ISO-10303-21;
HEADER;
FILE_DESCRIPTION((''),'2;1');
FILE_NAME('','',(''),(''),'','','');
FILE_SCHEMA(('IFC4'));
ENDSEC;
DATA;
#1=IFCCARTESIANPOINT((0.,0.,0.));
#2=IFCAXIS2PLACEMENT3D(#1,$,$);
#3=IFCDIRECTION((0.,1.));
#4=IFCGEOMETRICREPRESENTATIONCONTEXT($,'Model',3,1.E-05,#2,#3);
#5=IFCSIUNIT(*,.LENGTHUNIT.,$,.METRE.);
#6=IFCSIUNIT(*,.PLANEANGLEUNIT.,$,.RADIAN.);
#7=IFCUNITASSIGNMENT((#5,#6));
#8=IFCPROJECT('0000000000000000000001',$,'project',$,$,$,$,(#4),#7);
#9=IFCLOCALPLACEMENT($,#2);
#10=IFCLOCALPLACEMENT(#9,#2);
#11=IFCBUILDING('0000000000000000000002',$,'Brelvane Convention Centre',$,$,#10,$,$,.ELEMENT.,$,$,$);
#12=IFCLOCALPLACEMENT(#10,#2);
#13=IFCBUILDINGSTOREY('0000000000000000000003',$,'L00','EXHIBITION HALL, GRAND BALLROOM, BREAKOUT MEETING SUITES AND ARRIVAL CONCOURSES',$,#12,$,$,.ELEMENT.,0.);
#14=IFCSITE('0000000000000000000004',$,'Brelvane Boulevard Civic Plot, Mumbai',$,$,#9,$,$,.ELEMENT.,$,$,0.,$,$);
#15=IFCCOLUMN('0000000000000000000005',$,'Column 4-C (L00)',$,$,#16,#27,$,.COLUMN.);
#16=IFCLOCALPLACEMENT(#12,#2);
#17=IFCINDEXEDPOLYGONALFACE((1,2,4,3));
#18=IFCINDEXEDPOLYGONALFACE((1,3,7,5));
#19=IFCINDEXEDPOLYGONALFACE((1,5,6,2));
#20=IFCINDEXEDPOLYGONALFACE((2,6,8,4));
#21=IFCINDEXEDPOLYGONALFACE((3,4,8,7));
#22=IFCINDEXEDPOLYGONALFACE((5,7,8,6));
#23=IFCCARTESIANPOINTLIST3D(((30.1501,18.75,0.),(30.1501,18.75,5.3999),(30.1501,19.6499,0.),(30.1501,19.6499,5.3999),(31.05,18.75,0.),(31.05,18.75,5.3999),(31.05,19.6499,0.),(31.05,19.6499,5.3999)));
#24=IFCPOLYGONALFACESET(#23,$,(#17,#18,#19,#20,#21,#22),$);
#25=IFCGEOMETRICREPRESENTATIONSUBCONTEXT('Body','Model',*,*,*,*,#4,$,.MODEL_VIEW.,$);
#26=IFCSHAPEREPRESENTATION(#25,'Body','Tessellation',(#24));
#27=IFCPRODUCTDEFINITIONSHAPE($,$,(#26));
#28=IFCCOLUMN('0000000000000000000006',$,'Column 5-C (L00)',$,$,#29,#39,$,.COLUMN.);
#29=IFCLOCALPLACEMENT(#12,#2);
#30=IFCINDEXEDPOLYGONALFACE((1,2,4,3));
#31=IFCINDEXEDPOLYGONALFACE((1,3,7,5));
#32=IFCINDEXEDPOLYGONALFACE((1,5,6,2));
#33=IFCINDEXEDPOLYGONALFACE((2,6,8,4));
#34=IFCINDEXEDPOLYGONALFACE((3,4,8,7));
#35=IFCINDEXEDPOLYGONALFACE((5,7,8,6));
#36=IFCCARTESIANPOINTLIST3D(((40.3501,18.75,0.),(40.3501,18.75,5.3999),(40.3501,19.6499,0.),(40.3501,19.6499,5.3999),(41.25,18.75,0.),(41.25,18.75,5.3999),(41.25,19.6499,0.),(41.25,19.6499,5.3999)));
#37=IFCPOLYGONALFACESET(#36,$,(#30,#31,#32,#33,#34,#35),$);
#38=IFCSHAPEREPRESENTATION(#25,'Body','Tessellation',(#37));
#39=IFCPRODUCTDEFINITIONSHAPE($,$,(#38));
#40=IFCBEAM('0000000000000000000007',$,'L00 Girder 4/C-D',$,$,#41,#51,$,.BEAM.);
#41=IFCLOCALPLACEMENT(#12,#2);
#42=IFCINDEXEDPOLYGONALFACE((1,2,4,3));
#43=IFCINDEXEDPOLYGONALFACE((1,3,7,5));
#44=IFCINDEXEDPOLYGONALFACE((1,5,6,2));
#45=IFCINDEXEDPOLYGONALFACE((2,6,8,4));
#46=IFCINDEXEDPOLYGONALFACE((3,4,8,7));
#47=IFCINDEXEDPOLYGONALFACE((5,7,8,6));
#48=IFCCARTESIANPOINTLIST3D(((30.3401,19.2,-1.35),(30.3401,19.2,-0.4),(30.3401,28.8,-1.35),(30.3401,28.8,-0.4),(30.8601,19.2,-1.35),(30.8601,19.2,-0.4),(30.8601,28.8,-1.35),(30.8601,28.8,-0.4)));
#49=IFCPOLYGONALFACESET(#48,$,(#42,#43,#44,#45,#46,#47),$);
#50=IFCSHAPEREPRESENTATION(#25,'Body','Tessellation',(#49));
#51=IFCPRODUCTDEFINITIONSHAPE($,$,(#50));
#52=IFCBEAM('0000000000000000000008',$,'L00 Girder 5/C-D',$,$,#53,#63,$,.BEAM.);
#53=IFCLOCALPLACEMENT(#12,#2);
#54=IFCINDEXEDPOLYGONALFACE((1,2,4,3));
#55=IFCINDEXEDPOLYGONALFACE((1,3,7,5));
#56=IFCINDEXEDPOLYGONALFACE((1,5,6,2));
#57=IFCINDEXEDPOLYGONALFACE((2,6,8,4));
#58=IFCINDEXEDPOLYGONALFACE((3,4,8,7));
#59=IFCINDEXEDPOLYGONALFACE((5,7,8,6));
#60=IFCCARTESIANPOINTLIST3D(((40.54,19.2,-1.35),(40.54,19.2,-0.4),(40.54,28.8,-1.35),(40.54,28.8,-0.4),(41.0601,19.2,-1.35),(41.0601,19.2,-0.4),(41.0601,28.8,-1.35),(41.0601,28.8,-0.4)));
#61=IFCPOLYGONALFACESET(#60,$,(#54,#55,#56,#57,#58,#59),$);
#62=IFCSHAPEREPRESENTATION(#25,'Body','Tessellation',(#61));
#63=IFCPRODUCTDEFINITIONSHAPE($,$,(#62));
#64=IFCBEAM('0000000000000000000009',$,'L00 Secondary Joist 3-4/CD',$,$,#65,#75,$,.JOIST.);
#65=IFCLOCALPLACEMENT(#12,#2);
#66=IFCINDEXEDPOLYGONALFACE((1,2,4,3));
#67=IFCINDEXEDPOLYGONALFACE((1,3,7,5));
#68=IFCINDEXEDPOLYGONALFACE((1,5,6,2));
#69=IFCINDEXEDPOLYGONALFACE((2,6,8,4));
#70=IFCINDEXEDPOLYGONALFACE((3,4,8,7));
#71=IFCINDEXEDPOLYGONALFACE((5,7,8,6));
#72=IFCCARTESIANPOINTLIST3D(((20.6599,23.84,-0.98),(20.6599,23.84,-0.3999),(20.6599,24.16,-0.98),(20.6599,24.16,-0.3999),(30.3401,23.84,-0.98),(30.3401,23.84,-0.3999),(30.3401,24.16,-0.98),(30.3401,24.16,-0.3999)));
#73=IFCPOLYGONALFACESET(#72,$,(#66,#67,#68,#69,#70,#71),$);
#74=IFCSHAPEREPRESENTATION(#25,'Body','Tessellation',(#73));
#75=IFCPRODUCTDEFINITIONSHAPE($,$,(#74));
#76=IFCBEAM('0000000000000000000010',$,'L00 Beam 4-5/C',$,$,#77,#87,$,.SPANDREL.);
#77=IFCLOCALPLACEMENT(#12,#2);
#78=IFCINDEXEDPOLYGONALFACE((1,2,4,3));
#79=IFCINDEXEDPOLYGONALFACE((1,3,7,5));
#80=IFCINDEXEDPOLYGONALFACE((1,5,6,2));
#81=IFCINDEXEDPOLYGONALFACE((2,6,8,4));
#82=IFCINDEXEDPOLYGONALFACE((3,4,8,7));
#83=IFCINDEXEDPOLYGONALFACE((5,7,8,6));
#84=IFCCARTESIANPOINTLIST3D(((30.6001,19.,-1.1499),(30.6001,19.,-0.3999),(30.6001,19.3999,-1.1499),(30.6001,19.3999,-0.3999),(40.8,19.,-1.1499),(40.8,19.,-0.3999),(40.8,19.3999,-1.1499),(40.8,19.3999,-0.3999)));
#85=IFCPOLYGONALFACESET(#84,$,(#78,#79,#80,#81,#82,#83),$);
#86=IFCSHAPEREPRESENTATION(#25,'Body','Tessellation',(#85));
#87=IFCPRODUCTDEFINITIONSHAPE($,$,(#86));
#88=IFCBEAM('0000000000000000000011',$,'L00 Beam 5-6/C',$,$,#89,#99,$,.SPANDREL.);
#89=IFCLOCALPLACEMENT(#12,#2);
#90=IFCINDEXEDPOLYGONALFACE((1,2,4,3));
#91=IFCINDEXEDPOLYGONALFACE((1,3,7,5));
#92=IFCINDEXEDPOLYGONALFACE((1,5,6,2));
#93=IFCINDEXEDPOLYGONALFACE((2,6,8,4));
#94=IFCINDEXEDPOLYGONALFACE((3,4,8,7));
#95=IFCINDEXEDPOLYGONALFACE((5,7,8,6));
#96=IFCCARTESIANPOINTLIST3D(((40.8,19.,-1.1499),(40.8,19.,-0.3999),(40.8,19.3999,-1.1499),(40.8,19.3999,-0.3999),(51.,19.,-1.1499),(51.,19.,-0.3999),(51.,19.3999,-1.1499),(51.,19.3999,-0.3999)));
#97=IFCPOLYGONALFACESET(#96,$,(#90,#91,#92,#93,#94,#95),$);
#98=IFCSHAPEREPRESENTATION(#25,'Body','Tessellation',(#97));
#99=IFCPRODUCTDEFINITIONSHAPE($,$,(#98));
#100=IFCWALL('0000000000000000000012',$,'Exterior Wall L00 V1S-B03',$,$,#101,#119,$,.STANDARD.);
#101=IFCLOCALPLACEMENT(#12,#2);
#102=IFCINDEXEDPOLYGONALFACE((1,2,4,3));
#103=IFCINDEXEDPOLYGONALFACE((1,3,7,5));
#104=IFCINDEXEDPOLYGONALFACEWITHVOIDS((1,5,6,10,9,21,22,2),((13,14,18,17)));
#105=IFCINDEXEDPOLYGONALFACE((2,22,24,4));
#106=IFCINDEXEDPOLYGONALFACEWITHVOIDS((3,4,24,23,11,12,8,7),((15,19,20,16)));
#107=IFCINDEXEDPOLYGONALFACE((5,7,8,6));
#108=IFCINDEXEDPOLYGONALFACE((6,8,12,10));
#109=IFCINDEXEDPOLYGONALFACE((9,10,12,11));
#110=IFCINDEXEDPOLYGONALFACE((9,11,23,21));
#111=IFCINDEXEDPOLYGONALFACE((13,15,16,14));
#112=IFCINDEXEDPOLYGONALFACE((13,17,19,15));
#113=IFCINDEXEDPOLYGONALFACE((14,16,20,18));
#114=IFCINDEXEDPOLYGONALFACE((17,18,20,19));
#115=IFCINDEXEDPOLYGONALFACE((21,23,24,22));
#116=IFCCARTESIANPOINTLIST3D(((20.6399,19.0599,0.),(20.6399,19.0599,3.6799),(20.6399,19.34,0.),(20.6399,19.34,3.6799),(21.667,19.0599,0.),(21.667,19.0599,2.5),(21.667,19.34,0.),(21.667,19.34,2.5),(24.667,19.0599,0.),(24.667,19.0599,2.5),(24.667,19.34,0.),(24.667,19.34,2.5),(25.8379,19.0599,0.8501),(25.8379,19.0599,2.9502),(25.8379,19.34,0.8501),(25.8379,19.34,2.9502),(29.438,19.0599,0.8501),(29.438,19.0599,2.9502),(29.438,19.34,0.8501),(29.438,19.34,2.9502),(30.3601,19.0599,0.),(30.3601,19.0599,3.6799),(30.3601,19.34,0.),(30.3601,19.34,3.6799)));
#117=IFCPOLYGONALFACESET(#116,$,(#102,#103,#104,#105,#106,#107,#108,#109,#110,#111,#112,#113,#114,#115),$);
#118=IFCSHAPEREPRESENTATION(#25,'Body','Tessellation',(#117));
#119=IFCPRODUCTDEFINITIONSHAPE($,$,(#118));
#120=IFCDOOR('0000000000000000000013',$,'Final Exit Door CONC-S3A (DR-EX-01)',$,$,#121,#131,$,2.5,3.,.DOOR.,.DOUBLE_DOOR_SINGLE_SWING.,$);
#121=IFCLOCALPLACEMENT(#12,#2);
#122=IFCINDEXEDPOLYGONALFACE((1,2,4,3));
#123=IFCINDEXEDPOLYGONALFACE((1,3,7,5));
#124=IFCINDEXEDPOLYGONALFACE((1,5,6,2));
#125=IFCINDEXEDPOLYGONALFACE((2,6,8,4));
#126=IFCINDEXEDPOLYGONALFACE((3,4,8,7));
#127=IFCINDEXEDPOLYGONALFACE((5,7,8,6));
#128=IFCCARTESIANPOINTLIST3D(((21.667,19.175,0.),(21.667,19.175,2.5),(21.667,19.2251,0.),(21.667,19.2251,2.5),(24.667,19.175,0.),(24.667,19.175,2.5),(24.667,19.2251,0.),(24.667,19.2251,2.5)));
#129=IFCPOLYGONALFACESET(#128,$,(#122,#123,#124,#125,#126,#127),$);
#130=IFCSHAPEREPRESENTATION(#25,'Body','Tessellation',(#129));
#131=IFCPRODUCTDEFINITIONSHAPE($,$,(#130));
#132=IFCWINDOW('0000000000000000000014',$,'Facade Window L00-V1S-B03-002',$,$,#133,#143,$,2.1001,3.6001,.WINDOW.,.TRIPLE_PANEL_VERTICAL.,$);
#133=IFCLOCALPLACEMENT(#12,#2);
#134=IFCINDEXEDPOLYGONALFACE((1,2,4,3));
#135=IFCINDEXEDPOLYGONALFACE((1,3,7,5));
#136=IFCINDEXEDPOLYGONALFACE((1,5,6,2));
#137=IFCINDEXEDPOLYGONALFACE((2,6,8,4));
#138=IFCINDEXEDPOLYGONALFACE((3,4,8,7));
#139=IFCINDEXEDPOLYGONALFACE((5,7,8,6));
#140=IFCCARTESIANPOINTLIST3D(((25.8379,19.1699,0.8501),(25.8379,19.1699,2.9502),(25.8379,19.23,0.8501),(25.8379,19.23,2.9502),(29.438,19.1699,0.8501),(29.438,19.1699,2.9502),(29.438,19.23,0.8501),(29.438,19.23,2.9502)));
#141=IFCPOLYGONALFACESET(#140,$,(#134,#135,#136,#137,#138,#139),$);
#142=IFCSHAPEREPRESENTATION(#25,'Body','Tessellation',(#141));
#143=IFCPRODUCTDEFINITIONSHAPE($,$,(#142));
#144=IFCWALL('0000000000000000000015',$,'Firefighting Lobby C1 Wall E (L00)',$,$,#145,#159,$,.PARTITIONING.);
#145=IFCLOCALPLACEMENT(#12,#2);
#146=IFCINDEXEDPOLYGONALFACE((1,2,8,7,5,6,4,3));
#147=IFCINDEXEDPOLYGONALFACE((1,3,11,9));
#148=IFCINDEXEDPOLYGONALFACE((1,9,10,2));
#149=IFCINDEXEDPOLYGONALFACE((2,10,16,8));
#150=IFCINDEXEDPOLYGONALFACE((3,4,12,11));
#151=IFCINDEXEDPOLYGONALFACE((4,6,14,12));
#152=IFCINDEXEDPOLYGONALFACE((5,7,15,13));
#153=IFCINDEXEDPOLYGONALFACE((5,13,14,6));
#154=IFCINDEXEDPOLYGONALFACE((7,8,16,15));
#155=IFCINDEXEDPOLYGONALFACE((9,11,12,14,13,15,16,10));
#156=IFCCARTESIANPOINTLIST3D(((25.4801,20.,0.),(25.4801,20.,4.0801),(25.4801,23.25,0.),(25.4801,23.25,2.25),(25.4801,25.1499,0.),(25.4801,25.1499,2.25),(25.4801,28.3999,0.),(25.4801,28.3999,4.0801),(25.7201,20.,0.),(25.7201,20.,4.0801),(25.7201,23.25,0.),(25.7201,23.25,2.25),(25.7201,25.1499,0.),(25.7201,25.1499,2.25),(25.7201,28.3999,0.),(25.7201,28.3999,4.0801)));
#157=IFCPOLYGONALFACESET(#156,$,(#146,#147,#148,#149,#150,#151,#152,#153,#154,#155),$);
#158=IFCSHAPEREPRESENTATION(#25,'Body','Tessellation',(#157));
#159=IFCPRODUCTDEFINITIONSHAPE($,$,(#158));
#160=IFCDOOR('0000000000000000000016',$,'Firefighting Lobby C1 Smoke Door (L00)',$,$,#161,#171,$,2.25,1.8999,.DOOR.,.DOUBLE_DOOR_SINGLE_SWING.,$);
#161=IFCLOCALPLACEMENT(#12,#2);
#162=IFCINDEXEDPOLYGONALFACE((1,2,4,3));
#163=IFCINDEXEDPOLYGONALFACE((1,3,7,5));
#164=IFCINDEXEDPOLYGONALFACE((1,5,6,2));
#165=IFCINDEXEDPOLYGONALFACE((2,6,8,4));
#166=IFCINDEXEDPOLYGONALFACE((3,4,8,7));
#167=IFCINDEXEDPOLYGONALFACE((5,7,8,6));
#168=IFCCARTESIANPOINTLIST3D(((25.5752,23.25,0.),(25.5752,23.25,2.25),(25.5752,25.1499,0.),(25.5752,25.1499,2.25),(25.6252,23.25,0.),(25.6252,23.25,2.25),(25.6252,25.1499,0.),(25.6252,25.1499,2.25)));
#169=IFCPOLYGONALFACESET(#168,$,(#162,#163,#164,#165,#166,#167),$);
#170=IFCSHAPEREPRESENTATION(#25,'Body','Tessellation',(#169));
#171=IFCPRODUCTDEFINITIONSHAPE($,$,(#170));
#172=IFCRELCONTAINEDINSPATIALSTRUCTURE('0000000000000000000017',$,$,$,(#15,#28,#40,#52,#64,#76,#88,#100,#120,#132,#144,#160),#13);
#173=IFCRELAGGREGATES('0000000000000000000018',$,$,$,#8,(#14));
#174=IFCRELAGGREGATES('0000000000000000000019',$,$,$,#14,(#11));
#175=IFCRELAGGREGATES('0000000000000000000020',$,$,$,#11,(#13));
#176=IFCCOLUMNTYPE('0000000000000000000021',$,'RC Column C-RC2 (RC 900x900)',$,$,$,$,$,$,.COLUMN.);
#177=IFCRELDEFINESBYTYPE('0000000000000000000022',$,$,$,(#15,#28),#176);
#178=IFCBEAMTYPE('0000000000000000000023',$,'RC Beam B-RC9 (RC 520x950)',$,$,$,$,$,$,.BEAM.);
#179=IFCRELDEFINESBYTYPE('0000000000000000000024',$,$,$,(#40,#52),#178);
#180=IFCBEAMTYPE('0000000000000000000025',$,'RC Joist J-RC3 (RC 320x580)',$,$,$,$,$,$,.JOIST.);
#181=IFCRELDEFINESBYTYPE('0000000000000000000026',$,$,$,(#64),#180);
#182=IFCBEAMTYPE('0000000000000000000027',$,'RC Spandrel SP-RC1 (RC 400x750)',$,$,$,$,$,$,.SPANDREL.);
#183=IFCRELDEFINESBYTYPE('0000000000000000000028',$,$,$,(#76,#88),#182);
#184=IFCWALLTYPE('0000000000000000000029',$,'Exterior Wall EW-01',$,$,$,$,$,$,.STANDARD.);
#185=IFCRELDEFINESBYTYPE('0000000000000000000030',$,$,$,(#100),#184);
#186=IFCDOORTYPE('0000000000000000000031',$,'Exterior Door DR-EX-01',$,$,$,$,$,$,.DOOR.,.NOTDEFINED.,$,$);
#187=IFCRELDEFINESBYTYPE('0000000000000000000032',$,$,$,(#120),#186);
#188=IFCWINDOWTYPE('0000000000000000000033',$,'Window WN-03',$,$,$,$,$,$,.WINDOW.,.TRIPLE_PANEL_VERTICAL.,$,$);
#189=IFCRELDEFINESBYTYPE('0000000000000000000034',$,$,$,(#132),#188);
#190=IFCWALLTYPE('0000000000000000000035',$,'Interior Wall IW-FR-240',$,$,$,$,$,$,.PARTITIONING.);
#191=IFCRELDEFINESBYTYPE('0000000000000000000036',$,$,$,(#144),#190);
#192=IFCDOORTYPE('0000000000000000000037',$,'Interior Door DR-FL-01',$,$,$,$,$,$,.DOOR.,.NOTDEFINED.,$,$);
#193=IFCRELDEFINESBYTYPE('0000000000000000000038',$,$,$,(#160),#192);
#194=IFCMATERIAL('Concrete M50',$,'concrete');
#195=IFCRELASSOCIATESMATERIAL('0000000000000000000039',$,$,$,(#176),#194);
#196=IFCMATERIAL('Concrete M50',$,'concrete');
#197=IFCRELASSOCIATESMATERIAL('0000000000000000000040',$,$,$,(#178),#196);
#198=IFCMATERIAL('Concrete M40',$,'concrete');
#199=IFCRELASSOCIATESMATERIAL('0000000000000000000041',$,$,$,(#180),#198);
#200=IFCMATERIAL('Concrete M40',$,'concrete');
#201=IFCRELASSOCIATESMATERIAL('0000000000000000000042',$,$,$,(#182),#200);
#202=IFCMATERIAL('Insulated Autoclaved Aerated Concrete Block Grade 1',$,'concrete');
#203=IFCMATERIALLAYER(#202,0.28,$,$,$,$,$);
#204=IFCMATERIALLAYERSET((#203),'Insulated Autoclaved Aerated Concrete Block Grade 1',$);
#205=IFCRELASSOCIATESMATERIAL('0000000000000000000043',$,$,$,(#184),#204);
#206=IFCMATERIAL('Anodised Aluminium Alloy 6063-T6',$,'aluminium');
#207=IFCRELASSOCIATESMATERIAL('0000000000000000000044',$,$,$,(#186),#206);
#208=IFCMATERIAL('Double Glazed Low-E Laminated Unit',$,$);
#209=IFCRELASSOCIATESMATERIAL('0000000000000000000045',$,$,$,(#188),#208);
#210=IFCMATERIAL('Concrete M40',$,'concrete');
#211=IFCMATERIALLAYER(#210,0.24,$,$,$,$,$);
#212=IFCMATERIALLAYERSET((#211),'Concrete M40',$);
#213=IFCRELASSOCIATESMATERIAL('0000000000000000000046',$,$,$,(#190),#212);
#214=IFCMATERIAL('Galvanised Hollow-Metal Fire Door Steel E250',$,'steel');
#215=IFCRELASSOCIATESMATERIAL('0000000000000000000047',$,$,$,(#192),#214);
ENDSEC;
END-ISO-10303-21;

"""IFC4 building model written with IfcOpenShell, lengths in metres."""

from ifc_helpers import new_model, si_unit, direction, frame, frame_2d, origin, origin_2d, place, context, subcontext, project, spatial, rectangle, extrude, material, layer, layer_set, material_profile, profile_set, type_object, element, fill, save


model = new_model("IFC4")

# Units and contexts
model_context = context("Model", 3, precision=1e-05, world=origin(), true_north=direction((0.0, 1.0)))
body_context = subcontext(model_context, "Body", "Model", "MODEL_VIEW")
ifc_project = project(units=[si_unit("LENGTHUNIT", "METRE"), si_unit("PLANEANGLEUNIT", "RADIAN")], contexts=[model_context])

# Site, building, storey
site_placement = place(None, origin())
site = spatial("IfcSite", under=ifc_project, at=site_placement, Name="Brelvane Boulevard Civic Plot, Mumbai", CompositionType="ELEMENT", RefElevation=0.0)
building_placement = place(site_placement, origin())
building = spatial("IfcBuilding", under=site, at=building_placement, Name="Brelvane Convention Centre", CompositionType="ELEMENT")
storey_placement = place(building_placement, origin())
storey = spatial("IfcBuildingStorey", under=building, at=storey_placement, Name="L00", Description="EXHIBITION HALL, GRAND BALLROOM, BREAKOUT MEETING SUITES AND ARRIVAL CONCOURSES", CompositionType="ELEMENT", Elevation=0.0)

# Columns
ifc_material_1 = material(Name="Concrete M50", Category="concrete")
ifc_material_profile_1 = material_profile(ifc_material_1, rectangle(XDim=0.8999, YDim=0.8999, at=origin_2d()), Name="RC 900x900")
ifc_profile_set_1 = profile_set([ifc_material_profile_1], Name="Concrete M50")
column_type = type_object("IfcColumnType", Name="RC Column C-RC2 (RC 900x900)", PredefinedType="COLUMN", material=ifc_profile_set_1)
for number, where, z_axis, x_axis, name in (
    (1, (30.6001, 19.2, 0.0), (0.0, 0.0, 1.0), (1.0, 0.0, 0.0), "Column 4-C (L00)"),
    (2, (40.8, 19.2, 0.0), (0.0, 0.0, 1.0), (1.0, 0.0, 0.0), "Column 5-C (L00)"),
):
    element("IfcColumn", number, at=place(storey_placement, frame(where, z_axis=z_axis, x_axis=x_axis)), inside=storey, type_object=column_type, Name=name, PredefinedType="COLUMN", context=body_context, shape_type="SweptSolid", body=[
        extrude(rectangle(XDim=0.8999, YDim=0.8999, at=origin_2d()), origin(), (0.0, 0.0, 1.0), 5.3999),
    ])

# Beams
ifc_material_2 = material(Name="Concrete M50", Category="concrete")
ifc_material_profile_2 = material_profile(ifc_material_2, rectangle(XDim=0.52, YDim=0.95, at=origin_2d()), Name="RC 520x950")
ifc_profile_set_2 = profile_set([ifc_material_profile_2], Name="Concrete M50")
beam_type_1 = type_object("IfcBeamType", Name="RC Beam B-RC9 (RC 520x950)", PredefinedType="BEAM", material=ifc_profile_set_2)
for number, where, z_axis, x_axis, name in (
    (3, (30.6001, 19.2, -0.875), (0.0, 1.0, 0.0), (-1.0, 0.0, 0.0), "L00 Girder 4/C-D"),
    (4, (40.8, 19.2, -0.875), (0.0, 1.0, 0.0), (-1.0, 0.0, 0.0), "L00 Girder 5/C-D"),
):
    element("IfcBeam", number, at=place(storey_placement, frame(where, z_axis=z_axis, x_axis=x_axis)), inside=storey, type_object=beam_type_1, Name=name, PredefinedType="BEAM", context=body_context, shape_type="SweptSolid", body=[
        extrude(rectangle(XDim=0.52, YDim=0.95, at=origin_2d()), origin(), (0.0, 0.0, 1.0), 9.6001),
    ])
ifc_material_3 = material(Name="Concrete M40", Category="concrete")
ifc_material_profile_3 = material_profile(ifc_material_3, rectangle(XDim=0.3201, YDim=0.5801, at=origin_2d()), Name="RC 320x580")
ifc_profile_set_3 = profile_set([ifc_material_profile_3], Name="Concrete M40")
beam_type_2 = type_object("IfcBeamType", Name="RC Joist J-RC3 (RC 320x580)", PredefinedType="JOIST", material=ifc_profile_set_3)
beam_placement = place(storey_placement, frame((20.6599, 24.0, -0.6899), z_axis=(1.0, 0.0, 0.0), x_axis=(0.0, 1.0, 0.0)))
element("IfcBeam", 5, at=beam_placement, inside=storey, type_object=beam_type_2, Name="L00 Secondary Joist 3-4/CD", PredefinedType="JOIST", context=body_context, shape_type="SweptSolid", body=[
    extrude(rectangle(XDim=0.3201, YDim=0.5801, at=origin_2d()), origin(), (0.0, 0.0, 1.0), 9.6802),
])
ifc_material_4 = material(Name="Concrete M40", Category="concrete")
ifc_material_profile_4 = material_profile(ifc_material_4, rectangle(XDim=0.3999, YDim=0.75, at=origin_2d()), Name="RC 400x750")
ifc_profile_set_4 = profile_set([ifc_material_profile_4], Name="Concrete M40")
beam_type_3 = type_object("IfcBeamType", Name="RC Spandrel SP-RC1 (RC 400x750)", PredefinedType="SPANDREL", material=ifc_profile_set_4)
for number, where, z_axis, x_axis, name in (
    (6, (30.6001, 19.2, -0.7749), (1.0, 0.0, 0.0), (0.0, 1.0, 0.0), "L00 Beam 4-5/C"),
    (7, (40.8, 19.2, -0.7749), (1.0, 0.0, 0.0), (0.0, 1.0, 0.0), "L00 Beam 5-6/C"),
):
    element("IfcBeam", number, at=place(storey_placement, frame(where, z_axis=z_axis, x_axis=x_axis)), inside=storey, type_object=beam_type_3, Name=name, PredefinedType="SPANDREL", context=body_context, shape_type="SweptSolid", body=[
        extrude(rectangle(XDim=0.3999, YDim=0.75, at=origin_2d()), origin(), (0.0, 0.0, 1.0), 10.2),
    ])

# Wall, openings, door, window
ifc_material_5 = material(Name="Insulated Autoclaved Aerated Concrete Block Grade 1", Category="concrete")
ifc_layer_1 = layer(ifc_material_5, 0.28)
ifc_layer_set_1 = layer_set([ifc_layer_1], Name="Insulated Autoclaved Aerated Concrete Block Grade 1")
wall_type_1 = type_object("IfcWallType", Name="Exterior Wall EW-01", PredefinedType="STANDARD", material=ifc_layer_set_1)
wall_1_placement = place(storey_placement, frame((20.6399, 19.2, 0.0), z_axis=(0.0, 0.0, 1.0), x_axis=(1.0, 0.0, 0.0)))
wall_1 = element("IfcWall", 8, at=wall_1_placement, inside=storey, type_object=wall_type_1, Name="Exterior Wall L00 V1S-B03", PredefinedType="STANDARD", context=body_context, shape_type="SweptSolid", body=[
    extrude(rectangle(XDim=9.7202, YDim=0.28, at=frame_2d((4.8601, 0.0))), origin(), (0.0, 0.0, 1.0), 3.6799),
])
opening_1_placement = place(wall_1_placement, frame((1.0271, 0.0, 0.0)))
opening_1 = element("IfcOpeningElement", 9, at=opening_1_placement, cuts=wall_1, PredefinedType="OPENING", context=body_context, shape_type="SweptSolid", body=[
    extrude(rectangle(XDim=3.0, YDim=2.5, at=frame_2d((1.5, 1.25))), frame((0.0, 0.1499, 0.0), z_axis=(0.0, -1.0, 0.0), x_axis=(1.0, 0.0, 0.0)), (0.0, 0.0, 1.0), 0.3),
])
opening_2_placement = place(wall_1_placement, frame((5.198, 0.0, 0.8501)))
opening_2 = element("IfcOpeningElement", 10, at=opening_2_placement, cuts=wall_1, PredefinedType="OPENING", context=body_context, shape_type="SweptSolid", body=[
    extrude(rectangle(XDim=3.6001, YDim=2.1001, at=frame_2d((1.8, 1.05))), frame((0.0, 0.1499, 0.0), z_axis=(0.0, -1.0, 0.0), x_axis=(1.0, 0.0, 0.0)), (0.0, 0.0, 1.0), 0.3),
])
ifc_material_6 = material(Name="Anodised Aluminium Alloy 6063-T6", Category="aluminium")
door_type_1 = type_object("IfcDoorType", Name="Exterior Door DR-EX-01", OperationType="NOTDEFINED", PredefinedType="DOOR", material=ifc_material_6)
door_1_placement = place(opening_1_placement, frame((3.0, 0.0, 0.0), z_axis=(0.0, 0.0, 1.0), x_axis=(-1.0, 0.0, 0.0)))
door_1 = element("IfcDoor", 11, at=door_1_placement, inside=storey, type_object=door_type_1, Name="Final Exit Door CONC-S3A (DR-EX-01)", OperationType="DOUBLE_DOOR_SINGLE_SWING", OverallHeight=2.5, OverallWidth=3.0, PredefinedType="DOOR", context=body_context, shape_type="SweptSolid", body=[
    extrude(rectangle(XDim=3.0, YDim=2.5, at=frame_2d((1.5, 1.25))), frame((0.0, 0.0249, 0.0), z_axis=(0.0, -1.0, 0.0), x_axis=(1.0, 0.0, 0.0)), (0.0, 0.0, 1.0), 0.05),
])
fill(opening_1, door_1)
ifc_material_7 = material(Name="Double Glazed Low-E Laminated Unit")
window_type = type_object("IfcWindowType", Name="Window WN-03", PartitioningType="TRIPLE_PANEL_VERTICAL", PredefinedType="WINDOW", material=ifc_material_7)
window_placement = place(opening_2_placement, origin())
window = element("IfcWindow", 12, at=window_placement, inside=storey, type_object=window_type, Name="Facade Window L00-V1S-B03-002", OverallHeight=2.1001, OverallWidth=3.6001, PartitioningType="TRIPLE_PANEL_VERTICAL", PredefinedType="WINDOW", context=body_context, shape_type="SweptSolid", body=[
    extrude(rectangle(XDim=3.6001, YDim=2.1001, at=frame_2d((1.8, 1.05))), frame((0.0, 0.03, 0.0), z_axis=(0.0, -1.0, 0.0), x_axis=(1.0, 0.0, 0.0)), (0.0, 0.0, 1.0), 0.0601),
])
fill(opening_2, window)

# Wall, opening, door
ifc_material_8 = material(Name="Concrete M40", Category="concrete")
ifc_layer_2 = layer(ifc_material_8, 0.24)
ifc_layer_set_2 = layer_set([ifc_layer_2], Name="Concrete M40")
wall_type_2 = type_object("IfcWallType", Name="Interior Wall IW-FR-240", PredefinedType="PARTITIONING", material=ifc_layer_set_2)
wall_2_placement = place(storey_placement, frame((25.6001, 20.0, 0.0), z_axis=(0.0, 0.0, 1.0), x_axis=(0.0, 1.0, 0.0)))
wall_2 = element("IfcWall", 13, at=wall_2_placement, inside=storey, type_object=wall_type_2, Name="Firefighting Lobby C1 Wall E (L00)", PredefinedType="PARTITIONING", context=body_context, shape_type="SweptSolid", body=[
    extrude(rectangle(XDim=8.3999, YDim=0.24, at=frame_2d((4.2, 0.0))), origin(), (0.0, 0.0, 1.0), 4.0801),
])
opening_3_placement = place(wall_2_placement, frame((3.25, 0.0, 0.0)))
opening_3 = element("IfcOpeningElement", 14, at=opening_3_placement, cuts=wall_2, PredefinedType="OPENING", context=body_context, shape_type="SweptSolid", body=[
    extrude(rectangle(XDim=1.8999, YDim=2.25, at=frame_2d((0.95, 1.125))), frame((0.0, 0.1299, 0.0), z_axis=(0.0, -1.0, 0.0), x_axis=(1.0, 0.0, 0.0)), (0.0, 0.0, 1.0), 0.26),
])
ifc_material_9 = material(Name="Galvanised Hollow-Metal Fire Door Steel E250", Category="steel")
door_type_2 = type_object("IfcDoorType", Name="Interior Door DR-FL-01", OperationType="NOTDEFINED", PredefinedType="DOOR", material=ifc_material_9)
door_2_placement = place(opening_3_placement, origin())
door_2 = element("IfcDoor", 15, at=door_2_placement, inside=storey, type_object=door_type_2, Name="Firefighting Lobby C1 Smoke Door (L00)", OperationType="DOUBLE_DOOR_SINGLE_SWING", OverallHeight=2.25, OverallWidth=1.8999, PredefinedType="DOOR", context=body_context, shape_type="SweptSolid", body=[
    extrude(rectangle(XDim=1.8999, YDim=2.25, at=frame_2d((0.95, 1.125))), frame((0.0, 0.0249, 0.0), z_axis=(0.0, -1.0, 0.0), x_axis=(1.0, 0.0, 0.0)), (0.0, 0.0, 1.0), 0.05),
])
fill(opening_3, door_2)

save(model, "model.ifc")
